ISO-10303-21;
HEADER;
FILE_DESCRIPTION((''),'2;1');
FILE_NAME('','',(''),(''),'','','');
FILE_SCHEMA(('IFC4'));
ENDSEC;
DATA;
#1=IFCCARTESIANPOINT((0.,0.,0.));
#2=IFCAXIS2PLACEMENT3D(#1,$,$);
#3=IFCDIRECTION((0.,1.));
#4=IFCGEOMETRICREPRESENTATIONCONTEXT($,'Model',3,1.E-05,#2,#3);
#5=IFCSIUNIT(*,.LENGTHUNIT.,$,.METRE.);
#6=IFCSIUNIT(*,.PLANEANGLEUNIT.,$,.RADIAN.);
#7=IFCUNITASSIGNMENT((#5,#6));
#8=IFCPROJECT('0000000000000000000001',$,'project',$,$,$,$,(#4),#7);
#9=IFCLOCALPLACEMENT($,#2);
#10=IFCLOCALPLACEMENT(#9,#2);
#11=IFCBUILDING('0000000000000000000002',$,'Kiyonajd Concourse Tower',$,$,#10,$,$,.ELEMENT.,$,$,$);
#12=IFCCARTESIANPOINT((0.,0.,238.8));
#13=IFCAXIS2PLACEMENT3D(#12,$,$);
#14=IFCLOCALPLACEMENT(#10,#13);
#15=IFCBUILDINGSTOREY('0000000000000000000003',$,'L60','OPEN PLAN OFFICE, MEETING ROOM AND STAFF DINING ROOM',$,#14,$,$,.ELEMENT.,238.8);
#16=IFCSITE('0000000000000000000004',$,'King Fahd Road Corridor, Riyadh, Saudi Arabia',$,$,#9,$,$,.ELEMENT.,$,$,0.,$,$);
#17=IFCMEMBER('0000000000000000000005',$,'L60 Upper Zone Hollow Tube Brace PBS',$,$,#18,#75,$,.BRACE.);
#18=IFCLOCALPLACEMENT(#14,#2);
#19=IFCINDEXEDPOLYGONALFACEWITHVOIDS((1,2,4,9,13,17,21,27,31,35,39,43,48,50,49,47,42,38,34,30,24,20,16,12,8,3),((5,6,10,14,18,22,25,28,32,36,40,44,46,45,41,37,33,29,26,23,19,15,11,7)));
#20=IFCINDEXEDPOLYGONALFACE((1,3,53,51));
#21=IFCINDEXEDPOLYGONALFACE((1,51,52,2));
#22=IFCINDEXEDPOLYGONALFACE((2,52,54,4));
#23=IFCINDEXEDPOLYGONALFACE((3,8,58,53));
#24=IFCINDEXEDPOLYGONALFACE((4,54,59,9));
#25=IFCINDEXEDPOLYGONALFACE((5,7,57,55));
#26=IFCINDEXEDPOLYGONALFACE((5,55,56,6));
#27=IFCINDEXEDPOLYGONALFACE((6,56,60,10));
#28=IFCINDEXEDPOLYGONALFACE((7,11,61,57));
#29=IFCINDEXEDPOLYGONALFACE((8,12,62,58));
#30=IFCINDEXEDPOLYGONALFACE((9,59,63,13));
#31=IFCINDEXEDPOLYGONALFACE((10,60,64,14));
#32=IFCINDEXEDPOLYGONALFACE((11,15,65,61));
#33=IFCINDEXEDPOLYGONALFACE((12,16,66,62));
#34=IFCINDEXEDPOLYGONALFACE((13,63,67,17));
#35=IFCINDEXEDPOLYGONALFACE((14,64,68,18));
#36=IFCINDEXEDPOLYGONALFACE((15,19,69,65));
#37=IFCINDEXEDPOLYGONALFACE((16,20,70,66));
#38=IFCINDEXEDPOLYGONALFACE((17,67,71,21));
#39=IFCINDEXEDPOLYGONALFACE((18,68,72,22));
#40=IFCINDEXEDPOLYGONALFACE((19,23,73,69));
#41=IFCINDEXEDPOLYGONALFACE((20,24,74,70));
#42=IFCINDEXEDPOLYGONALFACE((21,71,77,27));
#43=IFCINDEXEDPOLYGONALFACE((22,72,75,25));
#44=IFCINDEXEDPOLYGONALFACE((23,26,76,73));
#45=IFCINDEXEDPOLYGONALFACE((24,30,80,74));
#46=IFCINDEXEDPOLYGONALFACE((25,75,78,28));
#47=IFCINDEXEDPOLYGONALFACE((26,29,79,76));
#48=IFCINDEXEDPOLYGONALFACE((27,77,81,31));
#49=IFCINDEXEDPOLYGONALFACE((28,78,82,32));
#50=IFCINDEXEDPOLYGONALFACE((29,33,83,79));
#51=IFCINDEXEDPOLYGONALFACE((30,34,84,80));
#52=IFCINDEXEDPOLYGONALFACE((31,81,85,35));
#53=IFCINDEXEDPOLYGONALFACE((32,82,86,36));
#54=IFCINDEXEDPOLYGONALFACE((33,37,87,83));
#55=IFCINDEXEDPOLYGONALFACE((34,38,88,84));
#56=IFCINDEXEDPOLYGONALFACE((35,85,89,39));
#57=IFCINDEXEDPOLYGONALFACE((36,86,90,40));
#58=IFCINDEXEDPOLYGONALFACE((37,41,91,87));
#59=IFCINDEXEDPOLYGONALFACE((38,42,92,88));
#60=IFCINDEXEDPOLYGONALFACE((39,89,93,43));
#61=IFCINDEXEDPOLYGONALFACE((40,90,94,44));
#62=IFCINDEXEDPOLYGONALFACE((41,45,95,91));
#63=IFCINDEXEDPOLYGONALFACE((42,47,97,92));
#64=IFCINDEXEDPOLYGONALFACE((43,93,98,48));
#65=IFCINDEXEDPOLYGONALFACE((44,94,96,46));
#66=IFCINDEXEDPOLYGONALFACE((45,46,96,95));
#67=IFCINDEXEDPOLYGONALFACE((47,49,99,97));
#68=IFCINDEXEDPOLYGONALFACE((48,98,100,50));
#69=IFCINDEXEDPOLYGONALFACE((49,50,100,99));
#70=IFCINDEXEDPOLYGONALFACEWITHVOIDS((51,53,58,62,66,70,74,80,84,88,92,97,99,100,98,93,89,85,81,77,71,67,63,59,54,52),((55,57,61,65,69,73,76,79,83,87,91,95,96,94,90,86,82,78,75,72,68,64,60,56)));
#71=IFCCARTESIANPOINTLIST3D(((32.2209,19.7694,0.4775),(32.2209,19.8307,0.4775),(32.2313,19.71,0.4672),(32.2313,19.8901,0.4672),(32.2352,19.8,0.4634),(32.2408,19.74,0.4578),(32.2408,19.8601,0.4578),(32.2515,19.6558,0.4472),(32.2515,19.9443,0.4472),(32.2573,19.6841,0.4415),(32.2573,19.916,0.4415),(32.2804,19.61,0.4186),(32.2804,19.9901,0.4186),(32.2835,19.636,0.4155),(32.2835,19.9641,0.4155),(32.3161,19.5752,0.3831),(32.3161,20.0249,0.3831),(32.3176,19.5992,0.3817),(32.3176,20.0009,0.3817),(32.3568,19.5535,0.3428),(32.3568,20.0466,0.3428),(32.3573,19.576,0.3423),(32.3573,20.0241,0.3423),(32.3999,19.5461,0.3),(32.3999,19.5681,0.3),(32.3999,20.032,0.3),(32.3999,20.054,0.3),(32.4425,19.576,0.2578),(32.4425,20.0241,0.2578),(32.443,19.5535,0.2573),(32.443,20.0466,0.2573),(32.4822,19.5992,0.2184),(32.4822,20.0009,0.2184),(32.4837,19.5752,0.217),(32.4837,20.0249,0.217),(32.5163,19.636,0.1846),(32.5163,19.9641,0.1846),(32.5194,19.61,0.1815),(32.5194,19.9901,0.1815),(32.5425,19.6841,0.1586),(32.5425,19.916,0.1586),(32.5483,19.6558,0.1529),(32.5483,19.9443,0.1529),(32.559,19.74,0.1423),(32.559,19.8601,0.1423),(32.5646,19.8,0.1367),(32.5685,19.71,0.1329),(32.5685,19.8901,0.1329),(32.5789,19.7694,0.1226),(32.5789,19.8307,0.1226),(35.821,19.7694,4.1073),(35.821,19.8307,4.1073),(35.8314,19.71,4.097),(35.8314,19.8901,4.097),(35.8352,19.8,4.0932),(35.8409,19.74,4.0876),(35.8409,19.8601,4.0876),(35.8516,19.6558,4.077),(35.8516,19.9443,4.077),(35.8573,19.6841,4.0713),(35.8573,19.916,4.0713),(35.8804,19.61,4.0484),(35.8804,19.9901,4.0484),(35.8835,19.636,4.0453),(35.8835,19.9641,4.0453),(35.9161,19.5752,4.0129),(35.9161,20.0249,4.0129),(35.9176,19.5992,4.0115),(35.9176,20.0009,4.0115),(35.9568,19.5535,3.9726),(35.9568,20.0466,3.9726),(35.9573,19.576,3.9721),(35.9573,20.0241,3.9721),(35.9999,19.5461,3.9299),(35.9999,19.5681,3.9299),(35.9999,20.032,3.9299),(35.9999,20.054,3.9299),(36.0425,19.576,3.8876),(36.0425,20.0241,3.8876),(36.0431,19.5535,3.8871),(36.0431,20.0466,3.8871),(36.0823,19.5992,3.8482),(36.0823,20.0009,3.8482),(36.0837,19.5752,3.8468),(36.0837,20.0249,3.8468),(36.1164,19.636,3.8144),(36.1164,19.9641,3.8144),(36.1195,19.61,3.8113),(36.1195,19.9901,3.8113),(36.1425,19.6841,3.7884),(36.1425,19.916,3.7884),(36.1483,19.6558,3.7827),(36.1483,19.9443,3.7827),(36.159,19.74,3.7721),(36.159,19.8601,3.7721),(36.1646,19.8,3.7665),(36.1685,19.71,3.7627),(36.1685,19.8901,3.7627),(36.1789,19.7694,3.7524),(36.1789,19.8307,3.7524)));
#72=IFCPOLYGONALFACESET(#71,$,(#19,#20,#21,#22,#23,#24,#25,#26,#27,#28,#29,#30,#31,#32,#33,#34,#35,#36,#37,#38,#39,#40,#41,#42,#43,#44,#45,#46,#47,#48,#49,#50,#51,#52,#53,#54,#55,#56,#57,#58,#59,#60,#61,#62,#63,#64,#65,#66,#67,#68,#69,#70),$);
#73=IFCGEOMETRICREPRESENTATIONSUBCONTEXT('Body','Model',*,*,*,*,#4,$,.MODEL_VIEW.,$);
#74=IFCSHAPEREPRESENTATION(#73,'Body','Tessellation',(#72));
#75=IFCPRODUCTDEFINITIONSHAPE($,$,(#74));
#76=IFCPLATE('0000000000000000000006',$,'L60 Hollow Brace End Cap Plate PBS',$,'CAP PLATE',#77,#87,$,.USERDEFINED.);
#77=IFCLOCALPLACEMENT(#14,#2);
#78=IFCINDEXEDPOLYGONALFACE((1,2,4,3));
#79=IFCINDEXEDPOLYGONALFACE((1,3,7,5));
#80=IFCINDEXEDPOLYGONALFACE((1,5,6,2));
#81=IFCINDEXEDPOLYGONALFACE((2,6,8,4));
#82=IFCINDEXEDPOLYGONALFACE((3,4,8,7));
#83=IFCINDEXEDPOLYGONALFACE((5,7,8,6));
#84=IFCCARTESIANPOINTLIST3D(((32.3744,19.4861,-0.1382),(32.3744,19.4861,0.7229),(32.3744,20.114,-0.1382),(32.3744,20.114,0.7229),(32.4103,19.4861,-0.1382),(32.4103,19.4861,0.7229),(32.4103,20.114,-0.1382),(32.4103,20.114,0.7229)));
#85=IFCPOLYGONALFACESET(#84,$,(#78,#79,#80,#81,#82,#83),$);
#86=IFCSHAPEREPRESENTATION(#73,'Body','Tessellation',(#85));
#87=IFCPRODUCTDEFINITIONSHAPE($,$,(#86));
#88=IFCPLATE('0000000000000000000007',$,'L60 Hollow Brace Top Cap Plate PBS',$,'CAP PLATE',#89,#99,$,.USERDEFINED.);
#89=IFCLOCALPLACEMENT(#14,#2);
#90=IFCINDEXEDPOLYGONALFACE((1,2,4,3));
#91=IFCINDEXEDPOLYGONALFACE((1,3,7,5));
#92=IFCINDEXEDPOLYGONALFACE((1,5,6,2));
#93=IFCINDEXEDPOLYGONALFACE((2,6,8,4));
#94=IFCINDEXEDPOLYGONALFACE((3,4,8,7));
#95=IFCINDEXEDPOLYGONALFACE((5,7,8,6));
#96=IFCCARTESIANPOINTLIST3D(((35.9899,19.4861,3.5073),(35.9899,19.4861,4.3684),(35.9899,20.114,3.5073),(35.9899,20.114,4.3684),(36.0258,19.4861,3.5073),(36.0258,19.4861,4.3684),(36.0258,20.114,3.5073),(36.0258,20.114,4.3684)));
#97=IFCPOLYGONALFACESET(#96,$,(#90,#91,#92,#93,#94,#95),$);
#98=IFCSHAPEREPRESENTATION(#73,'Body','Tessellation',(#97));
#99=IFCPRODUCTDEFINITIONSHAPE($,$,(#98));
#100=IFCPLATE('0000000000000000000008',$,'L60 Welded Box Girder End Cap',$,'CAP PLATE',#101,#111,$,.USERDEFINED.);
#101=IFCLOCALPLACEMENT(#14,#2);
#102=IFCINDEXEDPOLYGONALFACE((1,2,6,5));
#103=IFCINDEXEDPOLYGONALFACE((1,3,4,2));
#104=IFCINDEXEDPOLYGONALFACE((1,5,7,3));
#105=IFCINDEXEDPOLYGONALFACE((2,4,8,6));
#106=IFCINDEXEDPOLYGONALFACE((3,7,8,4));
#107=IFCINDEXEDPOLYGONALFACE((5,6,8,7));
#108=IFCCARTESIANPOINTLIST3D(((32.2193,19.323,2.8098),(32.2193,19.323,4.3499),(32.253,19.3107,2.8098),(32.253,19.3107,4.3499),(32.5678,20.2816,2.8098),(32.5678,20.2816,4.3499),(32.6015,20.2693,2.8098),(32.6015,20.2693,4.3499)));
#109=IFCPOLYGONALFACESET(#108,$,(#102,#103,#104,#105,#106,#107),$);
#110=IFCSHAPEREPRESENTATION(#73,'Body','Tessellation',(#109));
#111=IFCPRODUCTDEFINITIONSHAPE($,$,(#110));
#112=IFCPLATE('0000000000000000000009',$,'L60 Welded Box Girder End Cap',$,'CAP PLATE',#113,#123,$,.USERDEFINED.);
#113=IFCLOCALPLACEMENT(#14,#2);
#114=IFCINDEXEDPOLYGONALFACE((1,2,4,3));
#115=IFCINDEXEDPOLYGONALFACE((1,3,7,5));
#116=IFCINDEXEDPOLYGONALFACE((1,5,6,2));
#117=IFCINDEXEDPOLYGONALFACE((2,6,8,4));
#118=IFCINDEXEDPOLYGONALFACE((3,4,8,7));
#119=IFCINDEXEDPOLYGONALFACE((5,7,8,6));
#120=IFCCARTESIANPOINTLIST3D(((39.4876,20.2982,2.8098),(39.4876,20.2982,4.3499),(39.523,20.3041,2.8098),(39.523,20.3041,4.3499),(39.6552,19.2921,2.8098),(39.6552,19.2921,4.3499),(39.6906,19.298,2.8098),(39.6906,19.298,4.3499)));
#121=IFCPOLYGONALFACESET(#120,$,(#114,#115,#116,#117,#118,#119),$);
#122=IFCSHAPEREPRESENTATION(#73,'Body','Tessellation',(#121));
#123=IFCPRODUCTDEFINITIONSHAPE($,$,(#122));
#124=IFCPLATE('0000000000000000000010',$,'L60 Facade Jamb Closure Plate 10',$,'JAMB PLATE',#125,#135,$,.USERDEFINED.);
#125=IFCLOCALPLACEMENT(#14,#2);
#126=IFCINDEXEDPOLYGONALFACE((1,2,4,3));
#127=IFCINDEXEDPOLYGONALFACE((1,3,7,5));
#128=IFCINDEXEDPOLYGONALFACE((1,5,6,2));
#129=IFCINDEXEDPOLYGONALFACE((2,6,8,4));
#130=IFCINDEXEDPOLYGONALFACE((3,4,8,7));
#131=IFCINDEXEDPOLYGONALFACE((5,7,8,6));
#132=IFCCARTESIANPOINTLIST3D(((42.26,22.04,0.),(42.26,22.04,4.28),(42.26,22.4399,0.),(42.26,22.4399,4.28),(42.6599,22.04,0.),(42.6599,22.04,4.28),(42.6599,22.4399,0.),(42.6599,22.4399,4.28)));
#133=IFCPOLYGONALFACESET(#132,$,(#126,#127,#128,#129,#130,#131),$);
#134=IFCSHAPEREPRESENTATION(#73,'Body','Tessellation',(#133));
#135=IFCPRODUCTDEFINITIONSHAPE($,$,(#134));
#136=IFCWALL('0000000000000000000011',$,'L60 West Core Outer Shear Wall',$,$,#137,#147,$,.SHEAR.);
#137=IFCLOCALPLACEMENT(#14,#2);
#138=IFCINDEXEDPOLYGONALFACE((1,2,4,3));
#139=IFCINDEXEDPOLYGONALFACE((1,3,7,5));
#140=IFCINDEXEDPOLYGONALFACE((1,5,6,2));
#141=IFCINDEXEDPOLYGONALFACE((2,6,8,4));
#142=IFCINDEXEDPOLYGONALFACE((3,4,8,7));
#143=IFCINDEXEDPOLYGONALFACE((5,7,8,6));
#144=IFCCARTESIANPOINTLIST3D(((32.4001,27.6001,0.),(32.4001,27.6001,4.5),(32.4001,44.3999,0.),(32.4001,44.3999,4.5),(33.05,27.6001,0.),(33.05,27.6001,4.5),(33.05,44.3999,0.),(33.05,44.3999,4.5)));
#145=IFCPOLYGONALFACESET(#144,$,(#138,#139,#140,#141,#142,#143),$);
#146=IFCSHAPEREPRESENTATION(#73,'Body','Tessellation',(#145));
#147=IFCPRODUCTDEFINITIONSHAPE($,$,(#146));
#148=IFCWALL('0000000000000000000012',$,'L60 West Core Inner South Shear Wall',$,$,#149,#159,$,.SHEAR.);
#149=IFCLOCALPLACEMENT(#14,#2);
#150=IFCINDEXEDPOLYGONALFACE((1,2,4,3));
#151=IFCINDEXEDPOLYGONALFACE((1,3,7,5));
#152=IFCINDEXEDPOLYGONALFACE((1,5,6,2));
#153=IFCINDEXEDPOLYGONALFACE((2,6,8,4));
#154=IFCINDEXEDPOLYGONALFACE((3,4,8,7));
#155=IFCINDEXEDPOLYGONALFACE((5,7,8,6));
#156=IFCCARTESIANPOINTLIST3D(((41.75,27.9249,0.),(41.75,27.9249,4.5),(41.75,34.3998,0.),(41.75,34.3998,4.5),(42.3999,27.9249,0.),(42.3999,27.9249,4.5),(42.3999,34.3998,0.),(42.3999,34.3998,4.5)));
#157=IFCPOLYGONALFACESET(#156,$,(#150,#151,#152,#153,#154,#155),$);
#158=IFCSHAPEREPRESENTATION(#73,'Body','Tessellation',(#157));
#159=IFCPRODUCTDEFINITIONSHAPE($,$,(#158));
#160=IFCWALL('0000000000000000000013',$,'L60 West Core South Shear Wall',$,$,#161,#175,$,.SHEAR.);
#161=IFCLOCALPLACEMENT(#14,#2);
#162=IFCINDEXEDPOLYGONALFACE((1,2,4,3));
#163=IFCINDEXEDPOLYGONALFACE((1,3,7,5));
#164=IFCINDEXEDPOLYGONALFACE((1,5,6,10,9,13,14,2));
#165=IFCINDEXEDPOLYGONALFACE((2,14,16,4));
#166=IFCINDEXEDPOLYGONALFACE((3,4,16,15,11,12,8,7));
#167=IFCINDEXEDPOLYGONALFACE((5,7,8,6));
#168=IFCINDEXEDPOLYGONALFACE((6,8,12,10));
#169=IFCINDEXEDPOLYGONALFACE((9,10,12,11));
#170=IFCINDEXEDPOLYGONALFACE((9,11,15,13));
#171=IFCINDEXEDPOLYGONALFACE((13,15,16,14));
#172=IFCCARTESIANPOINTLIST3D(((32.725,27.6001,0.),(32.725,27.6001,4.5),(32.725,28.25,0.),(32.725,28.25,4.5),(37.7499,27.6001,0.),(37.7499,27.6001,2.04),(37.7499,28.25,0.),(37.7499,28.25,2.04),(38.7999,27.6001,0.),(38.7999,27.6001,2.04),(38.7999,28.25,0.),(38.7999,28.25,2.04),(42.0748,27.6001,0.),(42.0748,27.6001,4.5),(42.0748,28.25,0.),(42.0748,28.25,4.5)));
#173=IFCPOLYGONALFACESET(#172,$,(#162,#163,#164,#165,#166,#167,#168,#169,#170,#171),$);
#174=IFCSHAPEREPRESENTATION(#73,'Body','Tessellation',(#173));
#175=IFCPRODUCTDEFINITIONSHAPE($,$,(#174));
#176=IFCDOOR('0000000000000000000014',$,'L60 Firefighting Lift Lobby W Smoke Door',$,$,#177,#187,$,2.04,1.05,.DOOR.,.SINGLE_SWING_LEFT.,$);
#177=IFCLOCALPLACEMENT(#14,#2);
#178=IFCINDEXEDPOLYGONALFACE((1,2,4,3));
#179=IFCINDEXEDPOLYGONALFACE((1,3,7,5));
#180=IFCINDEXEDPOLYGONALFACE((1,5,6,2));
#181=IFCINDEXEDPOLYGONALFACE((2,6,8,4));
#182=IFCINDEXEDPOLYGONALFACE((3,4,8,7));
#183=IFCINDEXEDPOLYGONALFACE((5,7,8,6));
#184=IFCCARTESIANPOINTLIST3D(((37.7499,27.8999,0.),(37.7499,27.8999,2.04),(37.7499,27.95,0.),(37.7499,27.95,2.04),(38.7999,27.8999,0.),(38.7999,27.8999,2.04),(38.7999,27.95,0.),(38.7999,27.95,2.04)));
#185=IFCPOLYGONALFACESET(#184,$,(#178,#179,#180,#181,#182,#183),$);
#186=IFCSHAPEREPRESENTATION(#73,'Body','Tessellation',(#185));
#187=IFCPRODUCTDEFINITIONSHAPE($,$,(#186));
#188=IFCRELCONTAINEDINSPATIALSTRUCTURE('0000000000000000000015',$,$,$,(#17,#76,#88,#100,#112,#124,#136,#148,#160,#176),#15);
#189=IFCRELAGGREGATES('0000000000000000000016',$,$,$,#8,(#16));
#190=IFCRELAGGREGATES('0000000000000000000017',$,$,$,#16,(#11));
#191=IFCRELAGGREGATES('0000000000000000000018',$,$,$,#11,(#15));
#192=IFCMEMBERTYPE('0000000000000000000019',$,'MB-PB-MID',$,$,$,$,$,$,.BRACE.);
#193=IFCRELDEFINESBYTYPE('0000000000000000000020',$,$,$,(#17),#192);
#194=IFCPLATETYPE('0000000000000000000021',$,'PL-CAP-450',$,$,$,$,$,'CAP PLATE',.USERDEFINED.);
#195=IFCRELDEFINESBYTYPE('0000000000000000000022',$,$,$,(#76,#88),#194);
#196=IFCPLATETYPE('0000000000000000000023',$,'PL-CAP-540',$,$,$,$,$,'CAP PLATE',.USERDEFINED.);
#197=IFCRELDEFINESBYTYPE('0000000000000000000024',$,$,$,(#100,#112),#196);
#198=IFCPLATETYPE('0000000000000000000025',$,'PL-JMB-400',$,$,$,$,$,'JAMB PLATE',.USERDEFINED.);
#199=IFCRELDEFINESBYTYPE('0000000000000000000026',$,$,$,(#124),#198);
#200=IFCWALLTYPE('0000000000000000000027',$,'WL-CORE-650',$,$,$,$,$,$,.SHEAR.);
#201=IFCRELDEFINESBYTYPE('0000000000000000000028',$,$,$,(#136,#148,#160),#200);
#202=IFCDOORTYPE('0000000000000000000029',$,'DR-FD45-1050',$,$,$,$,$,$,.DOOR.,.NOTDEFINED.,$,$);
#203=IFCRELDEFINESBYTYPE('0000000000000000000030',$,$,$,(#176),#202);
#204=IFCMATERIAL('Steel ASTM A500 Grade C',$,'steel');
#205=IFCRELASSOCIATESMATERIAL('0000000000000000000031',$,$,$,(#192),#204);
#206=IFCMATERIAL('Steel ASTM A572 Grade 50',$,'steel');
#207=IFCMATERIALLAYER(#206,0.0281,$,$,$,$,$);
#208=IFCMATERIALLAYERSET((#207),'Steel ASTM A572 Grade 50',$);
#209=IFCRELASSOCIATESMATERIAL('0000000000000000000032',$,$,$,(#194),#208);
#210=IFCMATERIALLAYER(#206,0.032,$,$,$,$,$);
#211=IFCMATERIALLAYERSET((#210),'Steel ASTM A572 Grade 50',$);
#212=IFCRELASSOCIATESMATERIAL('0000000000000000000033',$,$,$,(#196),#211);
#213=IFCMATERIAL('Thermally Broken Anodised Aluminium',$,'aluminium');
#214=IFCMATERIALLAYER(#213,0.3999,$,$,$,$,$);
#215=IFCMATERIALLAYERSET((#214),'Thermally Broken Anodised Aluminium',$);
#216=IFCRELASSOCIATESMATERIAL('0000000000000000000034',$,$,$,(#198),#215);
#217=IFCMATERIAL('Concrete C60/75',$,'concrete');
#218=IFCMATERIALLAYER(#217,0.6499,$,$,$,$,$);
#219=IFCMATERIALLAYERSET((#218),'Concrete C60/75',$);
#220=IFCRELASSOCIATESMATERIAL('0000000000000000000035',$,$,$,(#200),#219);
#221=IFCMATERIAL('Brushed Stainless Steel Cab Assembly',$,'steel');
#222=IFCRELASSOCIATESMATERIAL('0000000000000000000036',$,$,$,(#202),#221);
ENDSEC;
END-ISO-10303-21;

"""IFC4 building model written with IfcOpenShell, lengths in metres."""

from ifc_helpers import new_model, si_unit, direction, frame, frame_2d, origin, origin_2d, place, context, subcontext, project, spatial, rectangle, hollow_circle, extrude, material, layer, layer_set, material_profile, profile_set, type_object, element, fill, save


model = new_model("IFC4")

# Units and contexts
model_context = context("Model", 3, precision=1e-05, world=origin(), true_north=direction((0.0, 1.0)))
body_context = subcontext(model_context, "Body", "Model", "MODEL_VIEW")
ifc_project = project(units=[si_unit("LENGTHUNIT", "METRE"), si_unit("PLANEANGLEUNIT", "RADIAN")], contexts=[model_context])

# Site, building, storey
site_placement = place(None, origin())
site = spatial("IfcSite", under=ifc_project, at=site_placement, Name="King Fahd Road Corridor, Riyadh, Saudi Arabia", CompositionType="ELEMENT", RefElevation=0.0)
building_placement = place(site_placement, origin())
building = spatial("IfcBuilding", under=site, at=building_placement, Name="Kiyonajd Concourse Tower", CompositionType="ELEMENT")
storey_placement = place(building_placement, frame((0.0, 0.0, 238.8)))
storey = spatial("IfcBuildingStorey", under=building, at=storey_placement, Name="L60", Description="OPEN PLAN OFFICE, MEETING ROOM AND STAFF DINING ROOM", CompositionType="ELEMENT", Elevation=238.8)

# Shared definitions
ifc_material_1 = material(Name="Concrete C60/75", Category="concrete")

# Shared definitions
ifc_material_2 = material(Name="Steel ASTM A572 Grade 50", Category="steel")

# Member
ifc_material_3 = material(Name="Steel ASTM A500 Grade C", Category="steel")
ifc_material_profile_1 = material_profile(ifc_material_3, hollow_circle(Radius=0.2539, WallThickness=0.022, at=origin_2d()), Name="CHS-508x22")
ifc_profile_set_1 = profile_set([ifc_material_profile_1], Name="Steel ASTM A500 Grade C")
member_type = type_object("IfcMemberType", Name="MB-PB-MID", PredefinedType="BRACE", material=ifc_profile_set_1)
member_placement = place(storey_placement, frame((32.3999, 19.8, 0.3), z_axis=(0.704188, 0.0, 0.710014), x_axis=(0.0, 1.0, 0.0)))
element("IfcMember", 1, at=member_placement, inside=storey, type_object=member_type, Name="L60 Upper Zone Hollow Tube Brace PBS", PredefinedType="BRACE", context=body_context, shape_type="SweptSolid", body=[
    extrude(hollow_circle(Radius=0.2539, WallThickness=0.022, at=origin_2d()), origin(), (0.0, 0.0, 1.0), 5.1123),
])

# Plates
ifc_layer_1 = layer(ifc_material_2, 0.0281)
ifc_layer_set_1 = layer_set([ifc_layer_1], Name="Steel ASTM A572 Grade 50")
plate_type_1 = type_object("IfcPlateType", Name="PL-CAP-450", ElementType="CAP PLATE", PredefinedType="USERDEFINED", material=ifc_layer_set_1)
for number, where, z_axis, x_axis, name in (
    (2, (32.3923, 19.8, -0.1382), (0.0, 0.0, 1.0), (-1.0, 0.0, 0.0), "L60 Hollow Brace End Cap Plate PBS"),
    (3, (36.0078, 19.8, 3.5073), (0.0, 0.0, 1.0), (1.0, 0.0, 0.0), "L60 Hollow Brace Top Cap Plate PBS"),
):
    element("IfcPlate", number, at=place(storey_placement, frame(where, z_axis=z_axis, x_axis=x_axis)), inside=storey, type_object=plate_type_1, Name=name, ObjectType="CAP PLATE", PredefinedType="USERDEFINED", context=body_context, shape_type="SweptSolid", body=[
        extrude(rectangle(XDim=0.0359, YDim=0.6279, at=origin_2d()), origin(), (0.0, 0.0, 1.0), 0.8611),
    ])
ifc_layer_2 = layer(ifc_material_2, 0.032)
ifc_layer_set_2 = layer_set([ifc_layer_2], Name="Steel ASTM A572 Grade 50")
plate_type_2 = type_object("IfcPlateType", Name="PL-CAP-540", ElementType="CAP PLATE", PredefinedType="USERDEFINED", material=ifc_layer_set_2)
for number, where, z_axis, x_axis, name in (
    (4, (32.4104, 19.7961, 2.8098), (0.0, 0.0, 1.0), (0.939812, -0.341692, 0.0), "L60 Welded Box Girder End Cap"),
    (5, (39.5891, 19.7981, 2.8098), (0.0, 0.0, 1.0), (-0.986401, -0.164359, 0.0), "L60 Welded Box Girder End Cap"),
):
    element("IfcPlate", number, at=place(storey_placement, frame(where, z_axis=z_axis, x_axis=x_axis)), inside=storey, type_object=plate_type_2, Name=name, ObjectType="CAP PLATE", PredefinedType="USERDEFINED", context=body_context, shape_type="SweptSolid", body=[
        extrude(rectangle(XDim=0.0359, YDim=1.02, at=origin_2d()), origin(), (0.0, 0.0, 1.0), 1.54),
    ])
ifc_material_4 = material(Name="Thermally Broken Anodised Aluminium", Category="aluminium")
ifc_layer_3 = layer(ifc_material_4, 0.3999)
ifc_layer_set_3 = layer_set([ifc_layer_3], Name="Thermally Broken Anodised Aluminium")
plate_type_3 = type_object("IfcPlateType", Name="PL-JMB-400", ElementType="JAMB PLATE", PredefinedType="USERDEFINED", material=ifc_layer_set_3)
plate_placement = place(storey_placement, frame((42.46, 22.24, 0.0), z_axis=(0.0, 0.0, 1.0), x_axis=(1.0, 0.0, 0.0)))
element("IfcPlate", 6, at=plate_placement, inside=storey, type_object=plate_type_3, Name="L60 Facade Jamb Closure Plate 10", ObjectType="JAMB PLATE", PredefinedType="USERDEFINED", context=body_context, shape_type="SweptSolid", body=[
    extrude(rectangle(XDim=0.3999, YDim=0.3999, at=origin_2d()), origin(), (0.0, 0.0, 1.0), 4.28),
])

# Walls
ifc_layer_4 = layer(ifc_material_1, 0.6499)
ifc_layer_set_4 = layer_set([ifc_layer_4], Name="Concrete C60/75")
wall_type_1 = type_object("IfcWallType", Name="WL-CORE-650", PredefinedType="SHEAR", material=ifc_layer_set_4)
wall_1_placement = place(storey_placement, frame((32.7251, 27.6001, 0.0), z_axis=(0.0, 0.0, 1.0), x_axis=(0.0, 1.0, 0.0)))
element("IfcWall", 7, at=wall_1_placement, inside=storey, type_object=wall_type_1, Name="L60 West Core Outer Shear Wall", PredefinedType="SHEAR", context=body_context, shape_type="SweptSolid", body=[
    extrude(rectangle(XDim=16.7998, YDim=0.6499, at=frame_2d((8.3999, 0.0))), origin(), (0.0, 0.0, 1.0), 4.5),
])
wall_2_placement = place(storey_placement, frame((42.075, 27.925, 0.0), z_axis=(0.0, 0.0, 1.0), x_axis=(0.0, 1.0, 0.0)))
element("IfcWall", 8, at=wall_2_placement, inside=storey, type_object=wall_type_1, Name="L60 West Core Inner South Shear Wall", PredefinedType="SHEAR", context=body_context, shape_type="SweptSolid", body=[
    extrude(rectangle(XDim=6.4749, YDim=0.6499, at=frame_2d((3.2373, 0.0))), origin(), (0.0, 0.0, 1.0), 4.5),
])

# Wall, opening, door
wall_3_placement = place(storey_placement, frame((32.7251, 27.925, 0.0), z_axis=(0.0, 0.0, 1.0), x_axis=(1.0, 0.0, 0.0)))
wall_3 = element("IfcWall", 9, at=wall_3_placement, inside=storey, type_object=wall_type_1, Name="L60 West Core South Shear Wall", PredefinedType="SHEAR", context=body_context, shape_type="SweptSolid", body=[
    extrude(rectangle(XDim=9.3499, YDim=0.6499, at=frame_2d((4.6748, 0.0))), origin(), (0.0, 0.0, 1.0), 4.5),
])
opening_placement = place(wall_3_placement, frame((5.0249, 0.0, 0.0)))
opening = element("IfcOpeningElement", 10, at=opening_placement, cuts=wall_3, PredefinedType="OPENING", context=body_context, shape_type="SweptSolid", body=[
    extrude(rectangle(XDim=1.05, YDim=2.04, at=frame_2d((0.5249, 1.02))), frame((0.0, 0.335, 0.0), z_axis=(0.0, -1.0, 0.0), x_axis=(1.0, 0.0, 0.0)), (0.0, 0.0, 1.0), 0.6699),
])
ifc_material_5 = material(Name="Brushed Stainless Steel Cab Assembly", Category="steel")
door_type = type_object("IfcDoorType", Name="DR-FD45-1050", OperationType="NOTDEFINED", PredefinedType="DOOR", material=ifc_material_5)
door_placement = place(opening_placement, origin())
door = element("IfcDoor", 11, at=door_placement, inside=storey, type_object=door_type, Name="L60 Firefighting Lift Lobby W Smoke Door", OperationType="SINGLE_SWING_LEFT", OverallHeight=2.04, OverallWidth=1.05, PredefinedType="DOOR", context=body_context, shape_type="SweptSolid", body=[
    extrude(rectangle(XDim=1.05, YDim=2.04, at=frame_2d((0.5249, 1.02))), frame((0.0, 0.0249, 0.0), z_axis=(0.0, -1.0, 0.0), x_axis=(1.0, 0.0, 0.0)), (0.0, 0.0, 1.0), 0.05),
])
fill(opening, door)

save(model, "model.ifc")
